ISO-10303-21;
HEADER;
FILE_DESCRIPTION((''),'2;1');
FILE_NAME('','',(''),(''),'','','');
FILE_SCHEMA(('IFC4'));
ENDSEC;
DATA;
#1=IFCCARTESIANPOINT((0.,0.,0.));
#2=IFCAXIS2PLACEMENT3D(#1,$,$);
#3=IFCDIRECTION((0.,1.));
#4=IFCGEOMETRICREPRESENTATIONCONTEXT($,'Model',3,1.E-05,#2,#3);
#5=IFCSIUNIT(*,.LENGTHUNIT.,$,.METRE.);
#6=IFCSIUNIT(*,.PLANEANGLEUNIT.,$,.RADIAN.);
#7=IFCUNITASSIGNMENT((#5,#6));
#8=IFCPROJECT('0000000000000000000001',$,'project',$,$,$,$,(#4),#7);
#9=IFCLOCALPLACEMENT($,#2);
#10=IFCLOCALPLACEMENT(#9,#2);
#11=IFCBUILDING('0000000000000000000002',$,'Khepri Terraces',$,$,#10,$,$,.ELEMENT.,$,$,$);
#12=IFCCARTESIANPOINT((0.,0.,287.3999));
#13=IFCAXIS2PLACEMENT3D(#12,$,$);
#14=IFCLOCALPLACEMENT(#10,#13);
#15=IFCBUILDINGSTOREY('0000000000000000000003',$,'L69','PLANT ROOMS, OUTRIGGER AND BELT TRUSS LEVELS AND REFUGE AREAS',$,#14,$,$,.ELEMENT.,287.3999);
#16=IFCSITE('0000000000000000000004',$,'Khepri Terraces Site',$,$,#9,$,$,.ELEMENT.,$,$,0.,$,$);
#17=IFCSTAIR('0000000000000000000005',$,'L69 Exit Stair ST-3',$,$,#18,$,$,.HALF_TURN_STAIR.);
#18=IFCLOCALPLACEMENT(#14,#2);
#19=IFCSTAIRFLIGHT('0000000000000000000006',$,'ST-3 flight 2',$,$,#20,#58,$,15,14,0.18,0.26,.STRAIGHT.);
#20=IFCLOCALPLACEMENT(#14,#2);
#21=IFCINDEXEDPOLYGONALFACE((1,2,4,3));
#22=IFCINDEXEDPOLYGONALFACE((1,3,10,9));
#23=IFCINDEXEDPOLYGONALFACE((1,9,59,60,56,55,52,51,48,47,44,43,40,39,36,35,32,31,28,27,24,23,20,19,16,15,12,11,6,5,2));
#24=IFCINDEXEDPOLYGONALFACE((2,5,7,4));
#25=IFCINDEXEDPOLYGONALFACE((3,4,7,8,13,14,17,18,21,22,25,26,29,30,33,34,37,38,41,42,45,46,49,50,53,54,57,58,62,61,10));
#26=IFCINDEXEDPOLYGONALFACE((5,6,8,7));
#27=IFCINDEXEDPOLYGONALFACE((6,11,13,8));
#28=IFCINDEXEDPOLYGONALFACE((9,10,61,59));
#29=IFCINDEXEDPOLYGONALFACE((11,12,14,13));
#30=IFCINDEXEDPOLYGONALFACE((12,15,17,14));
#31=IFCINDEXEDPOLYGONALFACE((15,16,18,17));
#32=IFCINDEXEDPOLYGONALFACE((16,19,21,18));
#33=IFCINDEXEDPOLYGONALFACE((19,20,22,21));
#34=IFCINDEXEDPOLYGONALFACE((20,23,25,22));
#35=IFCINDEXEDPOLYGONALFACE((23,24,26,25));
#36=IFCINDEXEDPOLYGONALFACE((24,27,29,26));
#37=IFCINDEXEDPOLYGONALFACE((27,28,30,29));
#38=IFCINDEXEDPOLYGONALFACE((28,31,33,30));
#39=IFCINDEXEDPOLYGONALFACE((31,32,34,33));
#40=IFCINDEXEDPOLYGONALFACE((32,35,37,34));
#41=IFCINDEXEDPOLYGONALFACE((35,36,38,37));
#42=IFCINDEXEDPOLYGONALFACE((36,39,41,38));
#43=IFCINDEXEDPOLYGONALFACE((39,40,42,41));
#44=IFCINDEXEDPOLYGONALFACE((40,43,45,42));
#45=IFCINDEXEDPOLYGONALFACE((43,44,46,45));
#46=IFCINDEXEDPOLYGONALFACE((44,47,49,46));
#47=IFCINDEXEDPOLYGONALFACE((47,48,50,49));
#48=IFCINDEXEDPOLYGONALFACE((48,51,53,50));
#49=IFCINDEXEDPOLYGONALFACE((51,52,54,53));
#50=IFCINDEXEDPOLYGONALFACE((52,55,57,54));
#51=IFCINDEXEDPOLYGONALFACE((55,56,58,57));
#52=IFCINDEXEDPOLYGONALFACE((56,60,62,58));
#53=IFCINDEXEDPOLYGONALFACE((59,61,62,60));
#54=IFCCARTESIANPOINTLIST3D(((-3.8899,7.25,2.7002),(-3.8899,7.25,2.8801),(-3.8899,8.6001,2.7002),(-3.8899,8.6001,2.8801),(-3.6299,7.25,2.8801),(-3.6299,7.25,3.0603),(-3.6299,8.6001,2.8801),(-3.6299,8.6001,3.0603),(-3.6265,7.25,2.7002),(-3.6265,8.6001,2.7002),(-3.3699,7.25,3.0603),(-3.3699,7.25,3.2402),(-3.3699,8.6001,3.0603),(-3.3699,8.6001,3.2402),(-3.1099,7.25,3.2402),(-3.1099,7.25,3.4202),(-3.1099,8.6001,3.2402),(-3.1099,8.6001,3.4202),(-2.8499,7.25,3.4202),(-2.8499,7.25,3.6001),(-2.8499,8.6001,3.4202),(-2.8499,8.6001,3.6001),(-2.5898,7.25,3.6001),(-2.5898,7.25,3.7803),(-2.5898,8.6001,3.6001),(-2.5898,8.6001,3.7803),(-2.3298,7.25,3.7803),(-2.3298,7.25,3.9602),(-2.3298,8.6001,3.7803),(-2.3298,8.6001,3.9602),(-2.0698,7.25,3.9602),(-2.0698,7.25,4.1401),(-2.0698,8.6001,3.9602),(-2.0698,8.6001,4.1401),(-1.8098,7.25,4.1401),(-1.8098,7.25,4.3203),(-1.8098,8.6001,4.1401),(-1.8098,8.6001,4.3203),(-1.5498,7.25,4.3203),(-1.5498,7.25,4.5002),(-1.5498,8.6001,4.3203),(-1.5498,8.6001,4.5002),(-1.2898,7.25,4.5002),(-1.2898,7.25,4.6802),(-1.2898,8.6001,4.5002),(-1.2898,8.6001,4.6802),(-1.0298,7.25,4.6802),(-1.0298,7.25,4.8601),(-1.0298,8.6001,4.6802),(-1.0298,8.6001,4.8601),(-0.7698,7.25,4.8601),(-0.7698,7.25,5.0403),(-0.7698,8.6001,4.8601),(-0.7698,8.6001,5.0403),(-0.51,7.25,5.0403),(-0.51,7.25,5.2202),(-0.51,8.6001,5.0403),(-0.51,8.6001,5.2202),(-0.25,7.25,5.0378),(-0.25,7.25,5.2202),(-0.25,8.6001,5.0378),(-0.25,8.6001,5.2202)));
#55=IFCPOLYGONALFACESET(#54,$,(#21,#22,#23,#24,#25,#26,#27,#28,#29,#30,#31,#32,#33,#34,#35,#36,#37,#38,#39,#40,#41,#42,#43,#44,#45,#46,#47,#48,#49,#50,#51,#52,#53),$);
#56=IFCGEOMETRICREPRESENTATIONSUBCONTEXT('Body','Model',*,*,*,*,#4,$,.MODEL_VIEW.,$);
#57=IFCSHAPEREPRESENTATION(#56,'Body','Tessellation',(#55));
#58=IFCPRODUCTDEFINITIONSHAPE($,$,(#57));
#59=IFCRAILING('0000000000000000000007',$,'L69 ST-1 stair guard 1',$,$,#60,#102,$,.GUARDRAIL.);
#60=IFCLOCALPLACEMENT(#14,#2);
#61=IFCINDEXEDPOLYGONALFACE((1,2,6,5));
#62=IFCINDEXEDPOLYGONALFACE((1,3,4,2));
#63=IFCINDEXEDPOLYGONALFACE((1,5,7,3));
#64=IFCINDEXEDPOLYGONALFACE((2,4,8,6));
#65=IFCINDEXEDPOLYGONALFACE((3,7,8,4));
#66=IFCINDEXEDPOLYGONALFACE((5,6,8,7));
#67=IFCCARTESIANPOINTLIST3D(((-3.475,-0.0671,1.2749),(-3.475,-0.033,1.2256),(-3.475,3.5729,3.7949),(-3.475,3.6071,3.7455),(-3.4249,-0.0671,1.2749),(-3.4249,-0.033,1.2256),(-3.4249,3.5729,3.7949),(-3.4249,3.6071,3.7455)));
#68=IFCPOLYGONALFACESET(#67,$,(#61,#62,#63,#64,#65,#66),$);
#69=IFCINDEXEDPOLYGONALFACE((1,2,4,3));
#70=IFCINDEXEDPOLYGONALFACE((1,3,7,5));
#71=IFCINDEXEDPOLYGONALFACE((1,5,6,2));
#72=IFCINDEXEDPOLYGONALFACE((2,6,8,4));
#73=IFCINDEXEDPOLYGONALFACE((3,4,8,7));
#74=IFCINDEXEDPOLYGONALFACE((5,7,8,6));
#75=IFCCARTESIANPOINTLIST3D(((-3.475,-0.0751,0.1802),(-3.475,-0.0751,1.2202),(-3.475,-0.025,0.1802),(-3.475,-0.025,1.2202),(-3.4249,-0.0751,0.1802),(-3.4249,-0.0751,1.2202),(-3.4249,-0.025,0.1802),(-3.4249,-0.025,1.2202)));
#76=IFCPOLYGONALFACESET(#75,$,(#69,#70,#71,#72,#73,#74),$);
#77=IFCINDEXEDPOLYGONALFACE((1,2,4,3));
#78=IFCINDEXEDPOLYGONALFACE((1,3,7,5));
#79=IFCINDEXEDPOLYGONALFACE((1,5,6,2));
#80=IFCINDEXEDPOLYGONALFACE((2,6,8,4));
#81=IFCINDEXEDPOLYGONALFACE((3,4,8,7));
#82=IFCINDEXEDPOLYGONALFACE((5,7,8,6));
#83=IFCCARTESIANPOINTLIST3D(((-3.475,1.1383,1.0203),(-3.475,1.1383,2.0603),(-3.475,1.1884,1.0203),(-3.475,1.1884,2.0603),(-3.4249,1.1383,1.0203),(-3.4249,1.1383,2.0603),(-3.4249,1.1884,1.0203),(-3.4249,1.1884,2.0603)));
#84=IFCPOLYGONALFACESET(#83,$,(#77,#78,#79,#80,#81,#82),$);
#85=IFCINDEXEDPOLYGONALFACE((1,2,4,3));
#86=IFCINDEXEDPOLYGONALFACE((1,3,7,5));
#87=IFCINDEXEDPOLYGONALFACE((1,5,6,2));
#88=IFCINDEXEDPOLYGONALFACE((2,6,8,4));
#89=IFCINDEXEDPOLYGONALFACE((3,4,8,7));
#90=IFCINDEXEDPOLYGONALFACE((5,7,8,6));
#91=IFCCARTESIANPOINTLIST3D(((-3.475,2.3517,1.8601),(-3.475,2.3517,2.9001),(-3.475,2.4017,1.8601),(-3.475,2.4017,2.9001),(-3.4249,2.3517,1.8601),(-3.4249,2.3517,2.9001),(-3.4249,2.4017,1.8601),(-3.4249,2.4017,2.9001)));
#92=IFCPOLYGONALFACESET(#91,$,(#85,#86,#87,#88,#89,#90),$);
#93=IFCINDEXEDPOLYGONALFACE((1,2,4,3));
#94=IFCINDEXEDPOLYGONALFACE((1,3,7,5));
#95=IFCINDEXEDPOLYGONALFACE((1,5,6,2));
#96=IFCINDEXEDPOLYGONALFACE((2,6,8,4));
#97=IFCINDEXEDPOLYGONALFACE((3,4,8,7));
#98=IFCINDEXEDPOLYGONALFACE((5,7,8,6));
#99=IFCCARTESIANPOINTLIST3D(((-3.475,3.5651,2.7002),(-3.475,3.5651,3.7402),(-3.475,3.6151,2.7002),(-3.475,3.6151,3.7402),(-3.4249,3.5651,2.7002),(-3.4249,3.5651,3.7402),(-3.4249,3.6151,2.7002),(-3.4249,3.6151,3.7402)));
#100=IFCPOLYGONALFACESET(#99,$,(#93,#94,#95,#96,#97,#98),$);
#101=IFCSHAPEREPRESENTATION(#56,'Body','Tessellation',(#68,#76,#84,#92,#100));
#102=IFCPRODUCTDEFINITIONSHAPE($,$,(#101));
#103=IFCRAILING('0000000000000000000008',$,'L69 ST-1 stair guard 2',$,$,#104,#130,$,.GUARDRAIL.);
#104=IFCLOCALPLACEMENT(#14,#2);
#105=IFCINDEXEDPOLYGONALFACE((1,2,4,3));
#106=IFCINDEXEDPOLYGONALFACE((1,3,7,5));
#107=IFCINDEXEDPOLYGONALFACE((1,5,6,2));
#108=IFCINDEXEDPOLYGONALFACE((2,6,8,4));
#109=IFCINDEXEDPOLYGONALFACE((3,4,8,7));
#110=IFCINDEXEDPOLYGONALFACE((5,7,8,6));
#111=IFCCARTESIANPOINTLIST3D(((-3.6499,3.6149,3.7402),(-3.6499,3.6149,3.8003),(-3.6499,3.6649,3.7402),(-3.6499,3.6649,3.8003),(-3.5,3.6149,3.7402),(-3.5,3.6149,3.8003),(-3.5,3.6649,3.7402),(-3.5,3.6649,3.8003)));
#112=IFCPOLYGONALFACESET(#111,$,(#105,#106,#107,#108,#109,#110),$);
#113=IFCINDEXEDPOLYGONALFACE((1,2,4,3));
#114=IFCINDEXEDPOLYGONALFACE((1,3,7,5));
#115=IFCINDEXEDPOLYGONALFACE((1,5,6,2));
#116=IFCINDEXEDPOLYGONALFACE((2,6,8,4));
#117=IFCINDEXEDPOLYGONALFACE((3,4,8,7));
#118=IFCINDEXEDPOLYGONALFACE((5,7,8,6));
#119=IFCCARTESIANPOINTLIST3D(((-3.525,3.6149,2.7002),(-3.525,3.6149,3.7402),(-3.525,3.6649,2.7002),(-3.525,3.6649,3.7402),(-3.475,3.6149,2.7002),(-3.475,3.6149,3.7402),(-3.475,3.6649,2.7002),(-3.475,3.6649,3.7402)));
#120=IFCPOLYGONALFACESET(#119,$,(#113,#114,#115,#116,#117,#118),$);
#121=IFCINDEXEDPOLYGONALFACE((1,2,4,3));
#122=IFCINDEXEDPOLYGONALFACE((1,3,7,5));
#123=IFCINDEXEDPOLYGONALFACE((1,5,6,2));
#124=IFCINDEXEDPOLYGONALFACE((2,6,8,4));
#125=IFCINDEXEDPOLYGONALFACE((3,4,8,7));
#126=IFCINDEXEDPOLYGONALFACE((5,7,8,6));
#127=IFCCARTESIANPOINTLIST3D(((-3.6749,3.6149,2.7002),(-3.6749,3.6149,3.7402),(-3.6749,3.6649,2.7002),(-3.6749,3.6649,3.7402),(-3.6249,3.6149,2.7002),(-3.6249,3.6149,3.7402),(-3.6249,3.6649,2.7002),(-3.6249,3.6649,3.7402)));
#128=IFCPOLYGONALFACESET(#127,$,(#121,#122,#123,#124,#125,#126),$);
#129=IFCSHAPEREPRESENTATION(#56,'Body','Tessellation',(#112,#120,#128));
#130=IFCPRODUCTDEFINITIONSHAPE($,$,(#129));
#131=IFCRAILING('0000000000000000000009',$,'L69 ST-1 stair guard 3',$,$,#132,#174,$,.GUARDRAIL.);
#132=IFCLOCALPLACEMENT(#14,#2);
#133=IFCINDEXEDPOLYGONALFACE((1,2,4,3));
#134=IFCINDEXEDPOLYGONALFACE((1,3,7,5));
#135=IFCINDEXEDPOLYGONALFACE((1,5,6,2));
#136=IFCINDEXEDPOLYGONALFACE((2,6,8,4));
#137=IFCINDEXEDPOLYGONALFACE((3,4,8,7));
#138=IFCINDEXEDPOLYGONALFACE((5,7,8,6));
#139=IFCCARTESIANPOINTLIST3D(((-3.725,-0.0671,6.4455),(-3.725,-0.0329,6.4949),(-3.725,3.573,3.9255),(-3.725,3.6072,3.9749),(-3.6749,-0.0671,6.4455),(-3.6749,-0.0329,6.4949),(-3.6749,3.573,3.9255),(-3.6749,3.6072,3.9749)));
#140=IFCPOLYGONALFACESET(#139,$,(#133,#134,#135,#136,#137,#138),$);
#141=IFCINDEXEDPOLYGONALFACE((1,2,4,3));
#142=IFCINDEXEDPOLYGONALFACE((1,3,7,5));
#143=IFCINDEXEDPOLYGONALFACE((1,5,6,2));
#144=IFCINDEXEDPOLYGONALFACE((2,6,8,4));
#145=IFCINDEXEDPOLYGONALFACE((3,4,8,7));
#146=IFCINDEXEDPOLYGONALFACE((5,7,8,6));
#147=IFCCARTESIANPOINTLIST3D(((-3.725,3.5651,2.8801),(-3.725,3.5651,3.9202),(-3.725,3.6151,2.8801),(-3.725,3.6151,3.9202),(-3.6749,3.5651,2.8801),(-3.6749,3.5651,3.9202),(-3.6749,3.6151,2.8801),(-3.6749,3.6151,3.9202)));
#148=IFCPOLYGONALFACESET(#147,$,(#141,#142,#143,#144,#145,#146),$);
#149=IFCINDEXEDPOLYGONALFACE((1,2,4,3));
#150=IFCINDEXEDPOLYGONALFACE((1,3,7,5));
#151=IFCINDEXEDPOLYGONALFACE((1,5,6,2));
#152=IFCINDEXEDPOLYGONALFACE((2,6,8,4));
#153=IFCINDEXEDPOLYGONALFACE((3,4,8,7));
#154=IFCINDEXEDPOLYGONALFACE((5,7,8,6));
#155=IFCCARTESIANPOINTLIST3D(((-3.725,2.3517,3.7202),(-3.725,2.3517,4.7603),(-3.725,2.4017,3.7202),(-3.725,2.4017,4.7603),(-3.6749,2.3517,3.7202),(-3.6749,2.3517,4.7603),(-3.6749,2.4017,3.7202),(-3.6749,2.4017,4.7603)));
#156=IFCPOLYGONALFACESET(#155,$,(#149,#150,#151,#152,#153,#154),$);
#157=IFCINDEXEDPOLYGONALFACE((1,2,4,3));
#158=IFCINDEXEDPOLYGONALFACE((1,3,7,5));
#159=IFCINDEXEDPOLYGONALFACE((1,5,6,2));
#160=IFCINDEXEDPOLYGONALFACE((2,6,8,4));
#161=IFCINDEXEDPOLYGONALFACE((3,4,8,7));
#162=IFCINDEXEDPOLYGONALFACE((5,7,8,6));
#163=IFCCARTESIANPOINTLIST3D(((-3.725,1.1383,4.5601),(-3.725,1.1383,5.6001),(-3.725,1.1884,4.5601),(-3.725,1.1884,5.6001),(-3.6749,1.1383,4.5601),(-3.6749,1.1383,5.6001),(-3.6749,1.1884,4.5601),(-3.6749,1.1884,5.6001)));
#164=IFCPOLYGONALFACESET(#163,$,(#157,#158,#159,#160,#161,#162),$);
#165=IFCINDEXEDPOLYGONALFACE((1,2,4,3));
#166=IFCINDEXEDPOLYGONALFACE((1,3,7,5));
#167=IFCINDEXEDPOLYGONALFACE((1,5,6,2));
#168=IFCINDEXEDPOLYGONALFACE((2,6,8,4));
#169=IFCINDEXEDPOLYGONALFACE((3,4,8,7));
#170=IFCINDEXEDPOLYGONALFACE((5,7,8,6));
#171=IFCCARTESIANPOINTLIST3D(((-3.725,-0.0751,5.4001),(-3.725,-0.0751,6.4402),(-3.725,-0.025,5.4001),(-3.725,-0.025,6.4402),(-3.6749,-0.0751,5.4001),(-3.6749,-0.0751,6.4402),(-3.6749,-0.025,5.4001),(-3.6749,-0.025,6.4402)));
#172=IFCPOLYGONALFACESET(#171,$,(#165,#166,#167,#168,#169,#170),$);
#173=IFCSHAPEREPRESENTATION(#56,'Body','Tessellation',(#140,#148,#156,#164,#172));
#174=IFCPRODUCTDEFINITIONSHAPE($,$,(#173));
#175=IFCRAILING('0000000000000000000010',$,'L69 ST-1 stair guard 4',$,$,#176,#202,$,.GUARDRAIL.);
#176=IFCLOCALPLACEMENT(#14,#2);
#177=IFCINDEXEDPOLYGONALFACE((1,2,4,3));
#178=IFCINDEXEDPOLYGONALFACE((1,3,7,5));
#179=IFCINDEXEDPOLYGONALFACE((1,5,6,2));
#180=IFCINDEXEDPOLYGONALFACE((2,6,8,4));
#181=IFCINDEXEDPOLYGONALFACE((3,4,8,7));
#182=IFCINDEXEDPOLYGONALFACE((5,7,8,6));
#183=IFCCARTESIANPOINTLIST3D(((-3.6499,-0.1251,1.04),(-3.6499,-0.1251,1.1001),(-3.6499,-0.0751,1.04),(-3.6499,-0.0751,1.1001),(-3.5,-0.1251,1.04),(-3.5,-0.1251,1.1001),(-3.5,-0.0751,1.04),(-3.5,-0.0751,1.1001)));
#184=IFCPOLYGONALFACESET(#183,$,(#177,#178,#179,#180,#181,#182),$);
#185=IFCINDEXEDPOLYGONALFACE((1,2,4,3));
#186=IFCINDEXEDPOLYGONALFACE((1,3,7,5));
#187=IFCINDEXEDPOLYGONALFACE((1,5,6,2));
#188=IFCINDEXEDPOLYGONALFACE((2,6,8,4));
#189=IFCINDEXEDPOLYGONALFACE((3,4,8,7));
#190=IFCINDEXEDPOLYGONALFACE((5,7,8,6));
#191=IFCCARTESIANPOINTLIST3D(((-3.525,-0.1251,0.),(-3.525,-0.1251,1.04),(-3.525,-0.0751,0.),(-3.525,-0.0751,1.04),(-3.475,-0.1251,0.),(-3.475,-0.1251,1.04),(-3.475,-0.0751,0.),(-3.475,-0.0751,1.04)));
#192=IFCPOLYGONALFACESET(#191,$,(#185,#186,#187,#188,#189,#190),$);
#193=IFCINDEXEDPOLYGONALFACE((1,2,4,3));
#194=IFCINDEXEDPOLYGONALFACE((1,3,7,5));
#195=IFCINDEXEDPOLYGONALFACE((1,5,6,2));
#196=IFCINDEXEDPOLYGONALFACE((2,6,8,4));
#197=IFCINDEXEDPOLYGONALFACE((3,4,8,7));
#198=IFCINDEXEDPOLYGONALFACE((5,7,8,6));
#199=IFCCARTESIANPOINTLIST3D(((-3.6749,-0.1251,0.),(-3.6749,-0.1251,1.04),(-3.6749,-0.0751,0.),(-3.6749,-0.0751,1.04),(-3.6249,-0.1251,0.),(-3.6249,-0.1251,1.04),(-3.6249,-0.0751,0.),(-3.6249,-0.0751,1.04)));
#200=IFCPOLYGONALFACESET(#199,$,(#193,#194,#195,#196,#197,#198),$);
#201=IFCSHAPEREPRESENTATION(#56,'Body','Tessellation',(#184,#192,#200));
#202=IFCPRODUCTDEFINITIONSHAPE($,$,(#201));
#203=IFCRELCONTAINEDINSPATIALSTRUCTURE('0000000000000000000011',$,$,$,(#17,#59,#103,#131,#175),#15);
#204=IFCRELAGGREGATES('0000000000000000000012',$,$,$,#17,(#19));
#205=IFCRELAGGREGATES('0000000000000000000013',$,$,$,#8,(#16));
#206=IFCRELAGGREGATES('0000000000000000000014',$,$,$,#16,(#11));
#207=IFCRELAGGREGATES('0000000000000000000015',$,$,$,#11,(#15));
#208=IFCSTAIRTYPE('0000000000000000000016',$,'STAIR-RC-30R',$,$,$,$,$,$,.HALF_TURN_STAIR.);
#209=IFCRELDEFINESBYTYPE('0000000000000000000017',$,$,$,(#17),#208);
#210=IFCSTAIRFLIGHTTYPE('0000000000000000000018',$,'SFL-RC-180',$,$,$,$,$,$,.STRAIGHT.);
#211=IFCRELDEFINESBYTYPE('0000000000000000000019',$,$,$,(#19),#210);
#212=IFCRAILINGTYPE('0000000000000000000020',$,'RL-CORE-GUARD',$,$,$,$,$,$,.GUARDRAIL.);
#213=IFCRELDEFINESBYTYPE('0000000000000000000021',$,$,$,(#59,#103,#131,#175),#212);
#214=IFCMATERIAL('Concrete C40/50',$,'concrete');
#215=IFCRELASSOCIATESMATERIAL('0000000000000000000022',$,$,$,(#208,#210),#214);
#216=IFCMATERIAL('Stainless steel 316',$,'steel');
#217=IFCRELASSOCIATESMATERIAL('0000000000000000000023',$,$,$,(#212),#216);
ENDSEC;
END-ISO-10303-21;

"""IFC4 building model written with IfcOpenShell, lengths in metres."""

from ifc_helpers import new_model, si_unit, direction, frame, origin, origin_2d, place, context, subcontext, project, spatial, polyline, rectangle, outline, extrude, material, type_object, element, aggregate, save


model = new_model("IFC4")

# Units and contexts
model_context = context("Model", 3, precision=1e-05, world=origin(), true_north=direction((0.0, 1.0)))
body_context = subcontext(model_context, "Body", "Model", "MODEL_VIEW")
ifc_project = project(units=[si_unit("LENGTHUNIT", "METRE"), si_unit("PLANEANGLEUNIT", "RADIAN")], contexts=[model_context])

# Site, building, storey
site_placement = place(None, origin())
site = spatial("IfcSite", under=ifc_project, at=site_placement, Name="Khepri Terraces Site", CompositionType="ELEMENT", RefElevation=0.0)
building_placement = place(site_placement, origin())
building = spatial("IfcBuilding", under=site, at=building_placement, Name="Khepri Terraces", CompositionType="ELEMENT")
storey_placement = place(building_placement, frame((0.0, 0.0, 287.3999)))
storey = spatial("IfcBuildingStorey", under=building, at=storey_placement, Name="L69", Description="PLANT ROOMS, OUTRIGGER AND BELT TRUSS LEVELS AND REFUGE AREAS", CompositionType="ELEMENT", Elevation=287.3999)

# Shared definitions
ifc_material_1 = material(Name="Concrete C40/50", Category="concrete")

# Stair, stair flight
stair_type = type_object("IfcStairType", Name="STAIR-RC-30R", PredefinedType="HALF_TURN_STAIR", material=ifc_material_1)
stair_flight_type = type_object("IfcStairFlightType", Name="SFL-RC-180", PredefinedType="STRAIGHT", material=ifc_material_1)
stair_1_placement = place(storey_placement, origin())
stair_1 = element("IfcStair", 1, at=stair_1_placement, inside=storey, type_object=stair_type, Name="L69 Exit Stair ST-3", PredefinedType="HALF_TURN_STAIR")
stair_flight_1_placement = place(storey_placement, frame((-3.8899, 7.925, 2.7002), z_axis=(0.0, 0.0, 1.0), x_axis=(1.0, 0.0, 0.0)))
stair_flight_1 = element("IfcStairFlight", 2, at=stair_flight_1_placement, type_object=stair_flight_type, Name="ST-3 flight 2", NumberOfRisers=15, NumberOfTreads=14, PredefinedType="STRAIGHT", RiserHeight=0.18, TreadLength=0.26, context=body_context, shape_type="SweptSolid", body=[
    extrude(outline(polyline([(0.0, 0.0), (0.0, 0.1799), (0.26, 0.1799), (0.26, 0.3601), (0.52, 0.3601), (0.52, 0.54), (0.78, 0.54), (0.78, 0.72), (1.04, 0.72), (1.04, 0.8999), (1.3, 0.8999), (1.3, 1.0801), (1.5601, 1.0801), (1.5601, 1.26), (1.8201, 1.26), (1.8201, 1.4399), (2.0801, 1.4399), (2.0801, 1.6201), (2.3401, 1.6201), (2.3401, 1.8), (2.6001, 1.8), (2.6001, 1.98), (2.8601, 1.98), (2.8601, 2.1599), (3.1201, 2.1599), (3.1201, 2.3401), (3.3799, 2.3401), (3.3799, 2.52), (3.6399, 2.52), (3.6399, 2.7), (3.6399, 2.3376), (0.2634, 0.0), (0.0, 0.0)])), frame((0.0, 0.675, 0.0), z_axis=(0.0, -1.0, 0.0), x_axis=(1.0, 0.0, 0.0)), (0.0, 0.0, 1.0), 1.3501),
])
aggregate(stair_1, [stair_flight_1])

# Railings
ifc_material_2 = material(Name="Stainless steel 316", Category="steel")
railing_type_1 = type_object("IfcRailingType", Name="RL-CORE-GUARD", PredefinedType="GUARDRAIL", material=ifc_material_2)
railing_1_placement = place(storey_placement, frame((-3.45, -0.05, 0.1802)))
element("IfcRailing", 3, at=railing_1_placement, inside=storey, type_object=railing_type_1, Name="L69 ST-1 stair guard 1", PredefinedType="GUARDRAIL", context=body_context, shape_type="SweptSolid", body=[
    extrude(rectangle(XDim=0.05, YDim=0.0601, at=origin_2d()), frame((0.0, 0.0, 1.0701), z_axis=(0.0, 0.8222, 0.569199), x_axis=(-1.0, 0.0, 0.0)), (0.0, 0.0, 1.0), 4.4272),
    extrude(rectangle(XDim=0.05, YDim=0.05, at=origin_2d()), origin(), (0.0, 0.0, 1.0), 1.04),
    extrude(rectangle(XDim=0.05, YDim=0.05, at=origin_2d()), frame((0.0, 1.2134, 0.8401)), (0.0, 0.0, 1.0), 1.04),
    extrude(rectangle(XDim=0.05, YDim=0.05, at=origin_2d()), frame((0.0, 2.4268, 1.6799)), (0.0, 0.0, 1.0), 1.04),
    extrude(rectangle(XDim=0.05, YDim=0.05, at=origin_2d()), frame((0.0, 3.6401, 2.52)), (0.0, 0.0, 1.0), 1.04),
])
railing_2_placement = place(storey_placement, frame((-3.5, 3.6399, 2.7002)))
element("IfcRailing", 4, at=railing_2_placement, inside=storey, type_object=railing_type_1, Name="L69 ST-1 stair guard 2", PredefinedType="GUARDRAIL", context=body_context, shape_type="SweptSolid", body=[
    extrude(rectangle(XDim=0.05, YDim=0.0601, at=origin_2d()), frame((0.0, 0.0, 1.0701), z_axis=(-1.0, 0.0, 0.0), x_axis=(0.0, -1.0, 0.0)), (0.0, 0.0, 1.0), 0.1499),
    extrude(rectangle(XDim=0.05, YDim=0.05, at=origin_2d()), origin(), (0.0, 0.0, 1.0), 1.04),
    extrude(rectangle(XDim=0.05, YDim=0.05, at=origin_2d()), frame((-0.1499, 0.0, 0.0)), (0.0, 0.0, 1.0), 1.04),
])
railing_3_placement = place(storey_placement, frame((-3.7, 3.5901, 2.8801)))
element("IfcRailing", 5, at=railing_3_placement, inside=storey, type_object=railing_type_1, Name="L69 ST-1 stair guard 3", PredefinedType="GUARDRAIL", context=body_context, shape_type="SweptSolid", body=[
    extrude(rectangle(XDim=0.05, YDim=0.0601, at=origin_2d()), frame((0.0, 0.0, 1.0701), z_axis=(0.0, -0.8222, 0.569199), x_axis=(1.0, 0.0, 0.0)), (0.0, 0.0, 1.0), 4.4272),
    extrude(rectangle(XDim=0.05, YDim=0.05, at=origin_2d()), origin(), (0.0, 0.0, 1.0), 1.04),
    extrude(rectangle(XDim=0.05, YDim=0.05, at=origin_2d()), frame((0.0, -1.2134, 0.8401)), (0.0, 0.0, 1.0), 1.04),
    extrude(rectangle(XDim=0.05, YDim=0.05, at=origin_2d()), frame((0.0, -2.4268, 1.6799)), (0.0, 0.0, 1.0), 1.04),
    extrude(rectangle(XDim=0.05, YDim=0.05, at=origin_2d()), frame((0.0, -3.6401, 2.52)), (0.0, 0.0, 1.0), 1.04),
])
railing_4_placement = place(storey_placement, frame((-3.5, -0.1001, 0.0)))
element("IfcRailing", 6, at=railing_4_placement, inside=storey, type_object=railing_type_1, Name="L69 ST-1 stair guard 4", PredefinedType="GUARDRAIL", context=body_context, shape_type="SweptSolid", body=[
    extrude(rectangle(XDim=0.05, YDim=0.0601, at=origin_2d()), frame((0.0, 0.0, 1.0701), z_axis=(-1.0, 0.0, 0.0), x_axis=(0.0, -1.0, 0.0)), (0.0, 0.0, 1.0), 0.1499),
    extrude(rectangle(XDim=0.05, YDim=0.05, at=origin_2d()), origin(), (0.0, 0.0, 1.0), 1.04),
    extrude(rectangle(XDim=0.05, YDim=0.05, at=origin_2d()), frame((-0.1499, 0.0, 0.0)), (0.0, 0.0, 1.0), 1.04),
])

save(model, "model.ifc")
